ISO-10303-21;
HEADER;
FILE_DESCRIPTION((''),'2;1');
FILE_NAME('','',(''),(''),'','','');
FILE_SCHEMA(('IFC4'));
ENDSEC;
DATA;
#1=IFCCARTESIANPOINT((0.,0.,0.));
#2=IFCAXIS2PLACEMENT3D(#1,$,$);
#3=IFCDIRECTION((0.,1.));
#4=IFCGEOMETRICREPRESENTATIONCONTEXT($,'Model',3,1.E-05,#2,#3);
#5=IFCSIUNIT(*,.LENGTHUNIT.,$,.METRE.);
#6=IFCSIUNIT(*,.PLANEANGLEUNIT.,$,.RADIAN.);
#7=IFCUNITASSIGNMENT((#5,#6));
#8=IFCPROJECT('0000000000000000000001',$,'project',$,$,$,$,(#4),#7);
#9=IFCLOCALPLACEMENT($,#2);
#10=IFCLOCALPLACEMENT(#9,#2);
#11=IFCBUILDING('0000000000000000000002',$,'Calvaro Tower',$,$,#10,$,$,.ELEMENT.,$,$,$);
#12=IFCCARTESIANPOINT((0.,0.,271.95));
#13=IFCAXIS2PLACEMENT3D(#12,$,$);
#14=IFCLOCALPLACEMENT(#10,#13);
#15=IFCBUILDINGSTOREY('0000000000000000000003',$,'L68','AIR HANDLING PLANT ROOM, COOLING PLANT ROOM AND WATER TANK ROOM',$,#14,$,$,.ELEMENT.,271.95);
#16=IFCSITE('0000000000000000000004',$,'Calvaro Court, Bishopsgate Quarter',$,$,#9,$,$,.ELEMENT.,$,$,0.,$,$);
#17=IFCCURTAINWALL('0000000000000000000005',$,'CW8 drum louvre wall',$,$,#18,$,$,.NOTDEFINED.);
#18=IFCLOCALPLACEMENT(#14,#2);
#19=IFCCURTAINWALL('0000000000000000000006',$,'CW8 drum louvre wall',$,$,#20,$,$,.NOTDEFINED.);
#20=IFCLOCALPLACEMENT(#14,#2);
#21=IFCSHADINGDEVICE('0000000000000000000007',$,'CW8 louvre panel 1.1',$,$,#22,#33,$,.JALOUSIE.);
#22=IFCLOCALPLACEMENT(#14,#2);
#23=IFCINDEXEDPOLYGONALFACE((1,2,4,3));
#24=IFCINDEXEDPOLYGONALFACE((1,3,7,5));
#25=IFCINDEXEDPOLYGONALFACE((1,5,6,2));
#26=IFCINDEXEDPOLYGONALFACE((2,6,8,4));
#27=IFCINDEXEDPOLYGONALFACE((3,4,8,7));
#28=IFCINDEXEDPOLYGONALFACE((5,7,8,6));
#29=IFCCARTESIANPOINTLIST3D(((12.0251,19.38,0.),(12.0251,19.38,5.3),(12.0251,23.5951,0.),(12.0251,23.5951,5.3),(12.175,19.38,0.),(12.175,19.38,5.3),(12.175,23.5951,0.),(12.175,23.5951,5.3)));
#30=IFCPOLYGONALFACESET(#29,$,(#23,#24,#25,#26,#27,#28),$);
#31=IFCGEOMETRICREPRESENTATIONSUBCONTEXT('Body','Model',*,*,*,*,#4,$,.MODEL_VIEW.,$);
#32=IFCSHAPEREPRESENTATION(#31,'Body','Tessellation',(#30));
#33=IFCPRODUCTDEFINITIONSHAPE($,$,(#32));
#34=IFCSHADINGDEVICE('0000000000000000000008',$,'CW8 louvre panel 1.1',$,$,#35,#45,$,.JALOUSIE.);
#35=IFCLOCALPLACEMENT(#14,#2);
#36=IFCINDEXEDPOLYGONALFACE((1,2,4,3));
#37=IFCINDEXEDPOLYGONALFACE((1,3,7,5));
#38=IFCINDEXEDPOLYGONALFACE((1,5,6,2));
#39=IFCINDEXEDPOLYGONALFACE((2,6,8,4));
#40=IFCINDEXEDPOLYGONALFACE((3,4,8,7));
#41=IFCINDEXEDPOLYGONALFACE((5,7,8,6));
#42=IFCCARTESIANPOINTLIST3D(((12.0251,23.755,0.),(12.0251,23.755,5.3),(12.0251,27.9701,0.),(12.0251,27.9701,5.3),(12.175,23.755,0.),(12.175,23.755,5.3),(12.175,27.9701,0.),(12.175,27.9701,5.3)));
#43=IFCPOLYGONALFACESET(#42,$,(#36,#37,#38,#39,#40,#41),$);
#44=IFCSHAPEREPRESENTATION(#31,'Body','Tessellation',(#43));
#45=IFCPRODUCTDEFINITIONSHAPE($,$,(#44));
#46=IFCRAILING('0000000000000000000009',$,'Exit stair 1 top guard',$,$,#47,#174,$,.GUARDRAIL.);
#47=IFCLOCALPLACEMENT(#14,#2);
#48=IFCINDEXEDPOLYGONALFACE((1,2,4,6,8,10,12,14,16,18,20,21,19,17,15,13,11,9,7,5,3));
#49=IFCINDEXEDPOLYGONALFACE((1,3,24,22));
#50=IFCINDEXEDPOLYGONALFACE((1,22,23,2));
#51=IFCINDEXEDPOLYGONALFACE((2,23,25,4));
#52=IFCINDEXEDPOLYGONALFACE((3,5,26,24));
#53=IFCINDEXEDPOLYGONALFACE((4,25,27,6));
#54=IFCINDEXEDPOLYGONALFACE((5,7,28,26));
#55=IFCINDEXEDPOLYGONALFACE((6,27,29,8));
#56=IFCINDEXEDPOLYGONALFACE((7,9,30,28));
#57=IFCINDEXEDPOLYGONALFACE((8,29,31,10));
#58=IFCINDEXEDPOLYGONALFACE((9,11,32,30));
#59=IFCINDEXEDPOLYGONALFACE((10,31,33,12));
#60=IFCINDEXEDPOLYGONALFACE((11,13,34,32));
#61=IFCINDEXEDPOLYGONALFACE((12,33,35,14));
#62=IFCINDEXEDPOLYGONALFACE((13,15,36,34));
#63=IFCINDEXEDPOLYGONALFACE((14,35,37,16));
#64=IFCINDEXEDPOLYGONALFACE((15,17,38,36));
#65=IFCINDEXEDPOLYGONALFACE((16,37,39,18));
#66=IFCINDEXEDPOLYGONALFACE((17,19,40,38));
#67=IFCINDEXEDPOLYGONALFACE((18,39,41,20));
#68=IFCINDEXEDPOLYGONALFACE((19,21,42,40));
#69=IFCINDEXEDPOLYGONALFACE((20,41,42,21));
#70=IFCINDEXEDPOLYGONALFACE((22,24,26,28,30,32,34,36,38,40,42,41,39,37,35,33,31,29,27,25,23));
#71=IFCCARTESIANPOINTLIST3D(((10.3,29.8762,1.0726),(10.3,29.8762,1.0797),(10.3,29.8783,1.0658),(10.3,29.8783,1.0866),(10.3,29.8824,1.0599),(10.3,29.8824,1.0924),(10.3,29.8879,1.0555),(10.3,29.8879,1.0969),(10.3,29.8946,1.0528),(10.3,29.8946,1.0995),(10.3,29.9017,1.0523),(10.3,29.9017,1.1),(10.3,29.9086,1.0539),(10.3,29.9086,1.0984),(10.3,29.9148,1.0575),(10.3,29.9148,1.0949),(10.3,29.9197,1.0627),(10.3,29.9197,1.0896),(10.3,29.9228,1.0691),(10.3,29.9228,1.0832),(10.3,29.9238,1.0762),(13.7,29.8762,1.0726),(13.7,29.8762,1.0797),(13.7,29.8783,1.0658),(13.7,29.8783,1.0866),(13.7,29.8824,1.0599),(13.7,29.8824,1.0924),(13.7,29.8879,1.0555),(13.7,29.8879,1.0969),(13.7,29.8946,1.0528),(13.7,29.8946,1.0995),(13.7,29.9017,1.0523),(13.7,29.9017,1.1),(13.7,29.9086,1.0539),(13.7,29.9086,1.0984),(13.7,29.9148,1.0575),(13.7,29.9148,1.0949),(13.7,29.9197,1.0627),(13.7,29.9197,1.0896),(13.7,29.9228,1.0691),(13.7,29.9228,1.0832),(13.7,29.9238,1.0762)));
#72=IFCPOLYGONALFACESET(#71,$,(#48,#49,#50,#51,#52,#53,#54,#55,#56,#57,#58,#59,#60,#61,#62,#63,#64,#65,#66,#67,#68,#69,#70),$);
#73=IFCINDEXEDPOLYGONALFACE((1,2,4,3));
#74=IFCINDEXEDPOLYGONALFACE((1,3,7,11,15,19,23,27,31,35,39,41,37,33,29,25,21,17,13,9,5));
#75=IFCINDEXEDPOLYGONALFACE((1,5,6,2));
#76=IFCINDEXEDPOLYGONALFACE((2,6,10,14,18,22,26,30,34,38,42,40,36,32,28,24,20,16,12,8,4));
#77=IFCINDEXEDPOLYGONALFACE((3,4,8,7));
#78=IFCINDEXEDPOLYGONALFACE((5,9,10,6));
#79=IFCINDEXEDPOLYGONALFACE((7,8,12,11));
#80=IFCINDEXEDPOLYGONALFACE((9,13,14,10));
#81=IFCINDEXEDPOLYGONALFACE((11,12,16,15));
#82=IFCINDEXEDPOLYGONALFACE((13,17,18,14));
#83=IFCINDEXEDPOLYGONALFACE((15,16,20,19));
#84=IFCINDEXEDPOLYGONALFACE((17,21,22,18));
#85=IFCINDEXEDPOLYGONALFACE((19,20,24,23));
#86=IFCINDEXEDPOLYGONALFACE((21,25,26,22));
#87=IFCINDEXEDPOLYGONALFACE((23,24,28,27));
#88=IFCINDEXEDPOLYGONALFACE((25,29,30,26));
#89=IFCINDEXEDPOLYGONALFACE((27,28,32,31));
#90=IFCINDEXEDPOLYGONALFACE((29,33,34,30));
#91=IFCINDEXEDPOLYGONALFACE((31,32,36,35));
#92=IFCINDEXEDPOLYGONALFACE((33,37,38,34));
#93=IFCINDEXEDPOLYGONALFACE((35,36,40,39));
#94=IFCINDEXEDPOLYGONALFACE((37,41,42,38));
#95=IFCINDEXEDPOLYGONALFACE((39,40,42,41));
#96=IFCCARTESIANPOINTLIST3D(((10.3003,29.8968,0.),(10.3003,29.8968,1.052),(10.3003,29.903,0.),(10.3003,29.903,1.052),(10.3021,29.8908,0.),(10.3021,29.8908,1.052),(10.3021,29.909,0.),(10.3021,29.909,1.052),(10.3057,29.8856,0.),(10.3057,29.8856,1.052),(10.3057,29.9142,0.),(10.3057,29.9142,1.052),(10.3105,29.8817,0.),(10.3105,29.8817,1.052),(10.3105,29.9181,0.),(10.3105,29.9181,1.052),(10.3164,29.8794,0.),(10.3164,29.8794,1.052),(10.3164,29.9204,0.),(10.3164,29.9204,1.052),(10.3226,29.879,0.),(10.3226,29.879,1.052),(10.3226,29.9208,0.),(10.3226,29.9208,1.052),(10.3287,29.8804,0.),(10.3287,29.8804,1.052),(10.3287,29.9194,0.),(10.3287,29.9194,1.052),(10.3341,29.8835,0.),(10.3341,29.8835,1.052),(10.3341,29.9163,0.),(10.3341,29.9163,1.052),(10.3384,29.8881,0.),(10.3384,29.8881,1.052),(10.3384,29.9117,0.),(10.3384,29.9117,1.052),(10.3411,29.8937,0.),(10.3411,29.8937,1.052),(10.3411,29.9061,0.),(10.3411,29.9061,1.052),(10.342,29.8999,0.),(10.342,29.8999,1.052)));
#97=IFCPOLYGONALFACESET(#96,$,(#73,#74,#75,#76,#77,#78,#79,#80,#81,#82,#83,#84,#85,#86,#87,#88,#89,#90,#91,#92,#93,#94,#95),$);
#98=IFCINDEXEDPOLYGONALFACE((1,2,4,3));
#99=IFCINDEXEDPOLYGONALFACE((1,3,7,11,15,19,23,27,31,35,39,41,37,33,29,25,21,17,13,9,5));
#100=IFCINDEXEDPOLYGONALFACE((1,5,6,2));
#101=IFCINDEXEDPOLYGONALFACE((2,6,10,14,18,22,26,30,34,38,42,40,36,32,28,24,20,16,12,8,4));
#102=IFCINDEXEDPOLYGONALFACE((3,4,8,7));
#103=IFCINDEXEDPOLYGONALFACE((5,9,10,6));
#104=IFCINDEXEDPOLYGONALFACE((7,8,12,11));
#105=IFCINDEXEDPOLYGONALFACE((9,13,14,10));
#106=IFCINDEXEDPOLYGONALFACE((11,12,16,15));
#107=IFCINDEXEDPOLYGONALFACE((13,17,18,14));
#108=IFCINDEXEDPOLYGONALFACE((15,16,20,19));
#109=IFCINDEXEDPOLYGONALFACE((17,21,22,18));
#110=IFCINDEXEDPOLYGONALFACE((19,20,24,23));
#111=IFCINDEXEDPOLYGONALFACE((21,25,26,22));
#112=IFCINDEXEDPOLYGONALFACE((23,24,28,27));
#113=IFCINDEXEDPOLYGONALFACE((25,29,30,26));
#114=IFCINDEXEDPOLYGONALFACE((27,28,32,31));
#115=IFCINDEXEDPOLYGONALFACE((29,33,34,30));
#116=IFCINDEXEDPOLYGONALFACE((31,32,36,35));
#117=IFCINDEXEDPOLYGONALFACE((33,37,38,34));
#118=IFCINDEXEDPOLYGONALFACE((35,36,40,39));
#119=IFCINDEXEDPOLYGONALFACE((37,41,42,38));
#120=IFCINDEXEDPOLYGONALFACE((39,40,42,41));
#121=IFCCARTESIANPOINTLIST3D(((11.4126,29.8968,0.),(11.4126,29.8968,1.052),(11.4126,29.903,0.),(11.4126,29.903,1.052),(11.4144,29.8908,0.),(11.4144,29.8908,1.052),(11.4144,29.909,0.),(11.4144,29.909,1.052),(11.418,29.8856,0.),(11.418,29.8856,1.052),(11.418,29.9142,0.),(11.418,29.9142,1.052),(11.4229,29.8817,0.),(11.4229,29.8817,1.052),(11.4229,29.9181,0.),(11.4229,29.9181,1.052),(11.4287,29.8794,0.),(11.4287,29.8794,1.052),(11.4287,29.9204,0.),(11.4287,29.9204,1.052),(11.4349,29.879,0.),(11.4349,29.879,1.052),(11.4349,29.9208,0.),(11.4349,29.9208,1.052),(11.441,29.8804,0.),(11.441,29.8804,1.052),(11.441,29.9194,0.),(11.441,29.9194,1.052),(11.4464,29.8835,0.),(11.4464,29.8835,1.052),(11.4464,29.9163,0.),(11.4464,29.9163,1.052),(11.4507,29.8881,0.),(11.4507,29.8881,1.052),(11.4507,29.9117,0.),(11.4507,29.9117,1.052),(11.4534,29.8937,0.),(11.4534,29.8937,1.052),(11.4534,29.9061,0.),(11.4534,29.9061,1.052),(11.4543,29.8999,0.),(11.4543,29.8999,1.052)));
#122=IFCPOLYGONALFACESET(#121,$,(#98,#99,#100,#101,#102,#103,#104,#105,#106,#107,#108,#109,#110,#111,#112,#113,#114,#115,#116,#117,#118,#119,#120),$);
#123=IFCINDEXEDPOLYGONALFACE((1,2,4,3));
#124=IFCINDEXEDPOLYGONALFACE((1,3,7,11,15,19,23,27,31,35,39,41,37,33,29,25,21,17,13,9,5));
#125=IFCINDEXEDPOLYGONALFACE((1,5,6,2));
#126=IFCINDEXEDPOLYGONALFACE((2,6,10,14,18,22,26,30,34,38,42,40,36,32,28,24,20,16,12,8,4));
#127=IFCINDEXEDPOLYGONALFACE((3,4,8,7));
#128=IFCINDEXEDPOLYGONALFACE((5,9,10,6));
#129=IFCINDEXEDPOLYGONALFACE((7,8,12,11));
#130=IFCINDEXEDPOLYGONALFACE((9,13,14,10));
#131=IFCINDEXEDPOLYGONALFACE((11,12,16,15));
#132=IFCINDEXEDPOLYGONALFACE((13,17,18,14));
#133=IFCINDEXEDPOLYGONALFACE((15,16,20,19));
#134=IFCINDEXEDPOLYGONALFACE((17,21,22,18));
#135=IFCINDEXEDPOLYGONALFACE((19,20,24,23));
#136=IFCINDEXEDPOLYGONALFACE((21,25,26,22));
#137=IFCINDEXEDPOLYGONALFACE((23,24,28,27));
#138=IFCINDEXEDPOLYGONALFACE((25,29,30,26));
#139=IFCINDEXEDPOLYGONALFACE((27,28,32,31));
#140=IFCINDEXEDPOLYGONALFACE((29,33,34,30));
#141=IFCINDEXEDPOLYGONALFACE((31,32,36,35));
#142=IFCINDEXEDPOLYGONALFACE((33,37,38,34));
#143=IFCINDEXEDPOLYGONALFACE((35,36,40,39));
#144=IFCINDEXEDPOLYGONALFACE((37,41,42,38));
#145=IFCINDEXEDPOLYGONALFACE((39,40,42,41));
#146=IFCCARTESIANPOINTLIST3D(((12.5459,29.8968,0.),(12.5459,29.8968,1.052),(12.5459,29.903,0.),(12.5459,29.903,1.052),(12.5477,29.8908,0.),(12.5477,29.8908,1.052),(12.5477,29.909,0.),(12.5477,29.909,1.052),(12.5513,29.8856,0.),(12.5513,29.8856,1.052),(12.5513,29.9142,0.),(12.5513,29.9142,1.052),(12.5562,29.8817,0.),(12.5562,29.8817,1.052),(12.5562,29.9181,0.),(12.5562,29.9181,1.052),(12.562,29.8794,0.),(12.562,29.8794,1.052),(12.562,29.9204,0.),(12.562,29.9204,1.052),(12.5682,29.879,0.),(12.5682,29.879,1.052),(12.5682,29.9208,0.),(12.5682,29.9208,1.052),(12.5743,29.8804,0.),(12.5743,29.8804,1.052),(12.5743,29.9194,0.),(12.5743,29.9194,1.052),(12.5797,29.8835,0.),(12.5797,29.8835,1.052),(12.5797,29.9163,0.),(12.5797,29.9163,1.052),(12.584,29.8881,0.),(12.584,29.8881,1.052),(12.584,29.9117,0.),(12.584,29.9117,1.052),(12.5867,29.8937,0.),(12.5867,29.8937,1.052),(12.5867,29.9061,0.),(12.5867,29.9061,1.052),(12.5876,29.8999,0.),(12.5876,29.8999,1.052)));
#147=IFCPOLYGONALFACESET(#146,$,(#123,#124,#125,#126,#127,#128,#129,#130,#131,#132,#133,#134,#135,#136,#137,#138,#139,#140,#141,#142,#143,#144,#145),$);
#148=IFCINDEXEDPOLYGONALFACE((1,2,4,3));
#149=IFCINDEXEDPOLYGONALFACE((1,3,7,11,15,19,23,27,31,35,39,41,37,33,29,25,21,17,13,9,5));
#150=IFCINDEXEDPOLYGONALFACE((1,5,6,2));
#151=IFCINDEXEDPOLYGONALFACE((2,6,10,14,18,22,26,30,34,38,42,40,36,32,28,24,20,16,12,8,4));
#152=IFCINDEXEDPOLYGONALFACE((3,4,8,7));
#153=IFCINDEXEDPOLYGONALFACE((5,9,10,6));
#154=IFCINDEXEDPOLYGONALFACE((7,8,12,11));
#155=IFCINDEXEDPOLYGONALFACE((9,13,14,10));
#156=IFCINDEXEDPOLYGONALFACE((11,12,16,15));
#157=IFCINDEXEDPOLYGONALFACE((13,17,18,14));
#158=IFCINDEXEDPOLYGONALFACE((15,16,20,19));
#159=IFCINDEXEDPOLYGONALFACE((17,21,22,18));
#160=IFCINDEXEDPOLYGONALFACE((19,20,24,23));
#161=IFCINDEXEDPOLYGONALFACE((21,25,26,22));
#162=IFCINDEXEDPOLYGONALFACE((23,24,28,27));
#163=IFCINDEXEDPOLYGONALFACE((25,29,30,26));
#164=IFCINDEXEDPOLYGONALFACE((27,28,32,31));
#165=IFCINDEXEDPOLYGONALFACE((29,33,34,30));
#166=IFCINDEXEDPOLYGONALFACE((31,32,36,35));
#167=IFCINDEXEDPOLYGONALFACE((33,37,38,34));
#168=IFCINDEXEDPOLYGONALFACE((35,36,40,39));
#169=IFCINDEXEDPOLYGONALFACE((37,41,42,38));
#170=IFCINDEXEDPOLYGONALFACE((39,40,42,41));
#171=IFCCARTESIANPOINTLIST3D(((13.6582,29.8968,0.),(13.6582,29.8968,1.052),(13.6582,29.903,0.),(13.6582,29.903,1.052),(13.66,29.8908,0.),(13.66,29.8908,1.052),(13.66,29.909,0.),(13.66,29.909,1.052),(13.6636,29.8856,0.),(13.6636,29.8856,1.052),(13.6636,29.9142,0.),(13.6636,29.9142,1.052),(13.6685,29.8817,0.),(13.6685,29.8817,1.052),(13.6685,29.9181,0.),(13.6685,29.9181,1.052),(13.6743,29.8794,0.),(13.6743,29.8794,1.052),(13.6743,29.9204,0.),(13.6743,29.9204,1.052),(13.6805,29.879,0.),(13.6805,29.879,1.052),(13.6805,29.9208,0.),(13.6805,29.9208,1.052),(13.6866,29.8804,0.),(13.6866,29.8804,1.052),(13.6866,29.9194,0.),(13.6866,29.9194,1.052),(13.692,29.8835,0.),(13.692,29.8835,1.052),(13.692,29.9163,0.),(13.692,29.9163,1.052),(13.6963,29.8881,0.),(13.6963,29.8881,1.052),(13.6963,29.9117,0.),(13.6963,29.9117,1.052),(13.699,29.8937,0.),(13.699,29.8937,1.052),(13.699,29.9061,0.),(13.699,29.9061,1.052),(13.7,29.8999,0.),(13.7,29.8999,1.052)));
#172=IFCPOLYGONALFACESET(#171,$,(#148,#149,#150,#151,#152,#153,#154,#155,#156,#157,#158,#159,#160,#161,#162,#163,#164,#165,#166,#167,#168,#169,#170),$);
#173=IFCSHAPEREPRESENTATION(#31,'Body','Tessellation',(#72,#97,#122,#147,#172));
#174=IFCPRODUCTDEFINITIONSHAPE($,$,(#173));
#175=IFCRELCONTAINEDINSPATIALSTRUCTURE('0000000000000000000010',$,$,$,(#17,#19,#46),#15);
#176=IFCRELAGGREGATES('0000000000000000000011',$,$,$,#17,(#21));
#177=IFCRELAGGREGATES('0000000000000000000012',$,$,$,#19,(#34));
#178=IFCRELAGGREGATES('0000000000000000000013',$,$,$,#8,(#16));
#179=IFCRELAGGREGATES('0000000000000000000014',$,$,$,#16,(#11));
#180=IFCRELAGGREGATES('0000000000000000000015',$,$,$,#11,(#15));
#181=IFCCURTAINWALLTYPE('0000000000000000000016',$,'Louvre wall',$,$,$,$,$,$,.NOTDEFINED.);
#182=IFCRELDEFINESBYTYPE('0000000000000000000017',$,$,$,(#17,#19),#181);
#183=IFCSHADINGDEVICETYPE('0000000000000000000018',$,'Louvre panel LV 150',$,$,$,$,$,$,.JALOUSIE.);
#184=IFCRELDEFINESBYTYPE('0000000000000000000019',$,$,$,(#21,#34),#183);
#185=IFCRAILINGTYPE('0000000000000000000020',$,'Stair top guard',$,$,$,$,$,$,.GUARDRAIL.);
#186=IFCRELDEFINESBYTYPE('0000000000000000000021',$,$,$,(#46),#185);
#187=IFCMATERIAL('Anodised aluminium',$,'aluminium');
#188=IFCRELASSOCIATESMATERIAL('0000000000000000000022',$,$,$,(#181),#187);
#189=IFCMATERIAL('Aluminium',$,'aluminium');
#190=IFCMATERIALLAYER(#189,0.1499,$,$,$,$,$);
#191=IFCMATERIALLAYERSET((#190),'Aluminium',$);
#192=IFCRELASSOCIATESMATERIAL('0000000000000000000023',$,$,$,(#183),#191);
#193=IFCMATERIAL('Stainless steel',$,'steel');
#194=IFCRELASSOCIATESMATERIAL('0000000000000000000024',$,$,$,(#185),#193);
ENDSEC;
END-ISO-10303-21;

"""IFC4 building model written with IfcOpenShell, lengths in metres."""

from ifc_helpers import new_model, si_unit, direction, frame, origin, origin_2d, place, context, subcontext, project, spatial, rectangle, circle, extrude, material, layer, layer_set, type_object, element, aggregate, save


model = new_model("IFC4")

# Units and contexts
model_context = context("Model", 3, precision=1e-05, world=origin(), true_north=direction((0.0, 1.0)))
body_context = subcontext(model_context, "Body", "Model", "MODEL_VIEW")
ifc_project = project(units=[si_unit("LENGTHUNIT", "METRE"), si_unit("PLANEANGLEUNIT", "RADIAN")], contexts=[model_context])

# Site, building, storey
site_placement = place(None, origin())
site = spatial("IfcSite", under=ifc_project, at=site_placement, Name="Calvaro Court, Bishopsgate Quarter", CompositionType="ELEMENT", RefElevation=0.0)
building_placement = place(site_placement, origin())
building = spatial("IfcBuilding", under=site, at=building_placement, Name="Calvaro Tower", CompositionType="ELEMENT")
storey_placement = place(building_placement, frame((0.0, 0.0, 271.95)))
storey = spatial("IfcBuildingStorey", under=building, at=storey_placement, Name="L68", Description="AIR HANDLING PLANT ROOM, COOLING PLANT ROOM AND WATER TANK ROOM", CompositionType="ELEMENT", Elevation=271.95)

# Curtain wall
ifc_material_1 = material(Name="Anodised aluminium", Category="aluminium")
curtain_wall_type = type_object("IfcCurtainWallType", Name="Louvre wall", PredefinedType="NOTDEFINED", material=ifc_material_1)
curtain_wall_1_placement = place(storey_placement, origin())
curtain_wall_1 = element("IfcCurtainWall", 1, at=curtain_wall_1_placement, inside=storey, type_object=curtain_wall_type, Name="CW8 drum louvre wall", PredefinedType="NOTDEFINED")

# Curtain wall
curtain_wall_2_placement = place(storey_placement, origin())
curtain_wall_2 = element("IfcCurtainWall", 2, at=curtain_wall_2_placement, inside=storey, type_object=curtain_wall_type, Name="CW8 drum louvre wall", PredefinedType="NOTDEFINED")

# Shading devices
ifc_material_2 = material(Name="Aluminium", Category="aluminium")
ifc_layer_1 = layer(ifc_material_2, 0.1499)
ifc_layer_set_1 = layer_set([ifc_layer_1], Name="Aluminium")
shading_device_type = type_object("IfcShadingDeviceType", Name="Louvre panel LV 150", PredefinedType="JALOUSIE", material=ifc_layer_set_1)
shading_device_1_placement = place(storey_placement, frame((12.1001, 21.4875, 0.0), z_axis=(0.0, 0.0, 1.0), x_axis=(0.0, 1.0, 0.0)))
shading_device_1 = element("IfcShadingDevice", 3, at=shading_device_1_placement, type_object=shading_device_type, Name="CW8 louvre panel 1.1", PredefinedType="JALOUSIE", context=body_context, shape_type="SweptSolid", body=[
    extrude(rectangle(XDim=4.2151, YDim=0.1499, at=origin_2d()), origin(), (0.0, 0.0, 1.0), 5.3),
])
aggregate(curtain_wall_1, [shading_device_1])
shading_device_2_placement = place(storey_placement, frame((12.1001, 25.8625, 0.0), z_axis=(0.0, 0.0, 1.0), x_axis=(0.0, 1.0, 0.0)))
shading_device_2 = element("IfcShadingDevice", 4, at=shading_device_2_placement, type_object=shading_device_type, Name="CW8 louvre panel 1.1", PredefinedType="JALOUSIE", context=body_context, shape_type="SweptSolid", body=[
    extrude(rectangle(XDim=4.2151, YDim=0.1499, at=origin_2d()), origin(), (0.0, 0.0, 1.0), 5.3),
])
aggregate(curtain_wall_2, [shading_device_2])

# Railing
ifc_material_3 = material(Name="Stainless steel", Category="steel")
railing_type = type_object("IfcRailingType", Name="Stair top guard", PredefinedType="GUARDRAIL", material=ifc_material_3)
railing_placement = place(storey_placement, frame((10.3, 29.8999, 0.0)))
element("IfcRailing", 5, at=railing_placement, inside=storey, type_object=railing_type, Name="Exit stair 1 top guard", PredefinedType="GUARDRAIL", context=body_context, shape_type="SweptSolid", body=[
    extrude(circle(Radius=0.0239, at=origin_2d()), frame((0.0, 0.0, 1.0762), z_axis=(1.0, 0.0, 0.0), x_axis=(0.0, 1.0, 0.0)), (0.0, 0.0, 1.0), 3.3999),
    extrude(circle(Radius=0.021, at=origin_2d()), frame((0.021, 0.0, 0.0)), (0.0, 0.0, 1.0), 1.052),
    extrude(circle(Radius=0.021, at=origin_2d()), frame((1.1333, 0.0, 0.0)), (0.0, 0.0, 1.0), 1.052),
    extrude(circle(Radius=0.021, at=origin_2d()), frame((2.2666, 0.0, 0.0)), (0.0, 0.0, 1.0), 1.052),
    extrude(circle(Radius=0.021, at=origin_2d()), frame((3.3789, 0.0, 0.0)), (0.0, 0.0, 1.0), 1.052),
])

save(model, "model.ifc")
